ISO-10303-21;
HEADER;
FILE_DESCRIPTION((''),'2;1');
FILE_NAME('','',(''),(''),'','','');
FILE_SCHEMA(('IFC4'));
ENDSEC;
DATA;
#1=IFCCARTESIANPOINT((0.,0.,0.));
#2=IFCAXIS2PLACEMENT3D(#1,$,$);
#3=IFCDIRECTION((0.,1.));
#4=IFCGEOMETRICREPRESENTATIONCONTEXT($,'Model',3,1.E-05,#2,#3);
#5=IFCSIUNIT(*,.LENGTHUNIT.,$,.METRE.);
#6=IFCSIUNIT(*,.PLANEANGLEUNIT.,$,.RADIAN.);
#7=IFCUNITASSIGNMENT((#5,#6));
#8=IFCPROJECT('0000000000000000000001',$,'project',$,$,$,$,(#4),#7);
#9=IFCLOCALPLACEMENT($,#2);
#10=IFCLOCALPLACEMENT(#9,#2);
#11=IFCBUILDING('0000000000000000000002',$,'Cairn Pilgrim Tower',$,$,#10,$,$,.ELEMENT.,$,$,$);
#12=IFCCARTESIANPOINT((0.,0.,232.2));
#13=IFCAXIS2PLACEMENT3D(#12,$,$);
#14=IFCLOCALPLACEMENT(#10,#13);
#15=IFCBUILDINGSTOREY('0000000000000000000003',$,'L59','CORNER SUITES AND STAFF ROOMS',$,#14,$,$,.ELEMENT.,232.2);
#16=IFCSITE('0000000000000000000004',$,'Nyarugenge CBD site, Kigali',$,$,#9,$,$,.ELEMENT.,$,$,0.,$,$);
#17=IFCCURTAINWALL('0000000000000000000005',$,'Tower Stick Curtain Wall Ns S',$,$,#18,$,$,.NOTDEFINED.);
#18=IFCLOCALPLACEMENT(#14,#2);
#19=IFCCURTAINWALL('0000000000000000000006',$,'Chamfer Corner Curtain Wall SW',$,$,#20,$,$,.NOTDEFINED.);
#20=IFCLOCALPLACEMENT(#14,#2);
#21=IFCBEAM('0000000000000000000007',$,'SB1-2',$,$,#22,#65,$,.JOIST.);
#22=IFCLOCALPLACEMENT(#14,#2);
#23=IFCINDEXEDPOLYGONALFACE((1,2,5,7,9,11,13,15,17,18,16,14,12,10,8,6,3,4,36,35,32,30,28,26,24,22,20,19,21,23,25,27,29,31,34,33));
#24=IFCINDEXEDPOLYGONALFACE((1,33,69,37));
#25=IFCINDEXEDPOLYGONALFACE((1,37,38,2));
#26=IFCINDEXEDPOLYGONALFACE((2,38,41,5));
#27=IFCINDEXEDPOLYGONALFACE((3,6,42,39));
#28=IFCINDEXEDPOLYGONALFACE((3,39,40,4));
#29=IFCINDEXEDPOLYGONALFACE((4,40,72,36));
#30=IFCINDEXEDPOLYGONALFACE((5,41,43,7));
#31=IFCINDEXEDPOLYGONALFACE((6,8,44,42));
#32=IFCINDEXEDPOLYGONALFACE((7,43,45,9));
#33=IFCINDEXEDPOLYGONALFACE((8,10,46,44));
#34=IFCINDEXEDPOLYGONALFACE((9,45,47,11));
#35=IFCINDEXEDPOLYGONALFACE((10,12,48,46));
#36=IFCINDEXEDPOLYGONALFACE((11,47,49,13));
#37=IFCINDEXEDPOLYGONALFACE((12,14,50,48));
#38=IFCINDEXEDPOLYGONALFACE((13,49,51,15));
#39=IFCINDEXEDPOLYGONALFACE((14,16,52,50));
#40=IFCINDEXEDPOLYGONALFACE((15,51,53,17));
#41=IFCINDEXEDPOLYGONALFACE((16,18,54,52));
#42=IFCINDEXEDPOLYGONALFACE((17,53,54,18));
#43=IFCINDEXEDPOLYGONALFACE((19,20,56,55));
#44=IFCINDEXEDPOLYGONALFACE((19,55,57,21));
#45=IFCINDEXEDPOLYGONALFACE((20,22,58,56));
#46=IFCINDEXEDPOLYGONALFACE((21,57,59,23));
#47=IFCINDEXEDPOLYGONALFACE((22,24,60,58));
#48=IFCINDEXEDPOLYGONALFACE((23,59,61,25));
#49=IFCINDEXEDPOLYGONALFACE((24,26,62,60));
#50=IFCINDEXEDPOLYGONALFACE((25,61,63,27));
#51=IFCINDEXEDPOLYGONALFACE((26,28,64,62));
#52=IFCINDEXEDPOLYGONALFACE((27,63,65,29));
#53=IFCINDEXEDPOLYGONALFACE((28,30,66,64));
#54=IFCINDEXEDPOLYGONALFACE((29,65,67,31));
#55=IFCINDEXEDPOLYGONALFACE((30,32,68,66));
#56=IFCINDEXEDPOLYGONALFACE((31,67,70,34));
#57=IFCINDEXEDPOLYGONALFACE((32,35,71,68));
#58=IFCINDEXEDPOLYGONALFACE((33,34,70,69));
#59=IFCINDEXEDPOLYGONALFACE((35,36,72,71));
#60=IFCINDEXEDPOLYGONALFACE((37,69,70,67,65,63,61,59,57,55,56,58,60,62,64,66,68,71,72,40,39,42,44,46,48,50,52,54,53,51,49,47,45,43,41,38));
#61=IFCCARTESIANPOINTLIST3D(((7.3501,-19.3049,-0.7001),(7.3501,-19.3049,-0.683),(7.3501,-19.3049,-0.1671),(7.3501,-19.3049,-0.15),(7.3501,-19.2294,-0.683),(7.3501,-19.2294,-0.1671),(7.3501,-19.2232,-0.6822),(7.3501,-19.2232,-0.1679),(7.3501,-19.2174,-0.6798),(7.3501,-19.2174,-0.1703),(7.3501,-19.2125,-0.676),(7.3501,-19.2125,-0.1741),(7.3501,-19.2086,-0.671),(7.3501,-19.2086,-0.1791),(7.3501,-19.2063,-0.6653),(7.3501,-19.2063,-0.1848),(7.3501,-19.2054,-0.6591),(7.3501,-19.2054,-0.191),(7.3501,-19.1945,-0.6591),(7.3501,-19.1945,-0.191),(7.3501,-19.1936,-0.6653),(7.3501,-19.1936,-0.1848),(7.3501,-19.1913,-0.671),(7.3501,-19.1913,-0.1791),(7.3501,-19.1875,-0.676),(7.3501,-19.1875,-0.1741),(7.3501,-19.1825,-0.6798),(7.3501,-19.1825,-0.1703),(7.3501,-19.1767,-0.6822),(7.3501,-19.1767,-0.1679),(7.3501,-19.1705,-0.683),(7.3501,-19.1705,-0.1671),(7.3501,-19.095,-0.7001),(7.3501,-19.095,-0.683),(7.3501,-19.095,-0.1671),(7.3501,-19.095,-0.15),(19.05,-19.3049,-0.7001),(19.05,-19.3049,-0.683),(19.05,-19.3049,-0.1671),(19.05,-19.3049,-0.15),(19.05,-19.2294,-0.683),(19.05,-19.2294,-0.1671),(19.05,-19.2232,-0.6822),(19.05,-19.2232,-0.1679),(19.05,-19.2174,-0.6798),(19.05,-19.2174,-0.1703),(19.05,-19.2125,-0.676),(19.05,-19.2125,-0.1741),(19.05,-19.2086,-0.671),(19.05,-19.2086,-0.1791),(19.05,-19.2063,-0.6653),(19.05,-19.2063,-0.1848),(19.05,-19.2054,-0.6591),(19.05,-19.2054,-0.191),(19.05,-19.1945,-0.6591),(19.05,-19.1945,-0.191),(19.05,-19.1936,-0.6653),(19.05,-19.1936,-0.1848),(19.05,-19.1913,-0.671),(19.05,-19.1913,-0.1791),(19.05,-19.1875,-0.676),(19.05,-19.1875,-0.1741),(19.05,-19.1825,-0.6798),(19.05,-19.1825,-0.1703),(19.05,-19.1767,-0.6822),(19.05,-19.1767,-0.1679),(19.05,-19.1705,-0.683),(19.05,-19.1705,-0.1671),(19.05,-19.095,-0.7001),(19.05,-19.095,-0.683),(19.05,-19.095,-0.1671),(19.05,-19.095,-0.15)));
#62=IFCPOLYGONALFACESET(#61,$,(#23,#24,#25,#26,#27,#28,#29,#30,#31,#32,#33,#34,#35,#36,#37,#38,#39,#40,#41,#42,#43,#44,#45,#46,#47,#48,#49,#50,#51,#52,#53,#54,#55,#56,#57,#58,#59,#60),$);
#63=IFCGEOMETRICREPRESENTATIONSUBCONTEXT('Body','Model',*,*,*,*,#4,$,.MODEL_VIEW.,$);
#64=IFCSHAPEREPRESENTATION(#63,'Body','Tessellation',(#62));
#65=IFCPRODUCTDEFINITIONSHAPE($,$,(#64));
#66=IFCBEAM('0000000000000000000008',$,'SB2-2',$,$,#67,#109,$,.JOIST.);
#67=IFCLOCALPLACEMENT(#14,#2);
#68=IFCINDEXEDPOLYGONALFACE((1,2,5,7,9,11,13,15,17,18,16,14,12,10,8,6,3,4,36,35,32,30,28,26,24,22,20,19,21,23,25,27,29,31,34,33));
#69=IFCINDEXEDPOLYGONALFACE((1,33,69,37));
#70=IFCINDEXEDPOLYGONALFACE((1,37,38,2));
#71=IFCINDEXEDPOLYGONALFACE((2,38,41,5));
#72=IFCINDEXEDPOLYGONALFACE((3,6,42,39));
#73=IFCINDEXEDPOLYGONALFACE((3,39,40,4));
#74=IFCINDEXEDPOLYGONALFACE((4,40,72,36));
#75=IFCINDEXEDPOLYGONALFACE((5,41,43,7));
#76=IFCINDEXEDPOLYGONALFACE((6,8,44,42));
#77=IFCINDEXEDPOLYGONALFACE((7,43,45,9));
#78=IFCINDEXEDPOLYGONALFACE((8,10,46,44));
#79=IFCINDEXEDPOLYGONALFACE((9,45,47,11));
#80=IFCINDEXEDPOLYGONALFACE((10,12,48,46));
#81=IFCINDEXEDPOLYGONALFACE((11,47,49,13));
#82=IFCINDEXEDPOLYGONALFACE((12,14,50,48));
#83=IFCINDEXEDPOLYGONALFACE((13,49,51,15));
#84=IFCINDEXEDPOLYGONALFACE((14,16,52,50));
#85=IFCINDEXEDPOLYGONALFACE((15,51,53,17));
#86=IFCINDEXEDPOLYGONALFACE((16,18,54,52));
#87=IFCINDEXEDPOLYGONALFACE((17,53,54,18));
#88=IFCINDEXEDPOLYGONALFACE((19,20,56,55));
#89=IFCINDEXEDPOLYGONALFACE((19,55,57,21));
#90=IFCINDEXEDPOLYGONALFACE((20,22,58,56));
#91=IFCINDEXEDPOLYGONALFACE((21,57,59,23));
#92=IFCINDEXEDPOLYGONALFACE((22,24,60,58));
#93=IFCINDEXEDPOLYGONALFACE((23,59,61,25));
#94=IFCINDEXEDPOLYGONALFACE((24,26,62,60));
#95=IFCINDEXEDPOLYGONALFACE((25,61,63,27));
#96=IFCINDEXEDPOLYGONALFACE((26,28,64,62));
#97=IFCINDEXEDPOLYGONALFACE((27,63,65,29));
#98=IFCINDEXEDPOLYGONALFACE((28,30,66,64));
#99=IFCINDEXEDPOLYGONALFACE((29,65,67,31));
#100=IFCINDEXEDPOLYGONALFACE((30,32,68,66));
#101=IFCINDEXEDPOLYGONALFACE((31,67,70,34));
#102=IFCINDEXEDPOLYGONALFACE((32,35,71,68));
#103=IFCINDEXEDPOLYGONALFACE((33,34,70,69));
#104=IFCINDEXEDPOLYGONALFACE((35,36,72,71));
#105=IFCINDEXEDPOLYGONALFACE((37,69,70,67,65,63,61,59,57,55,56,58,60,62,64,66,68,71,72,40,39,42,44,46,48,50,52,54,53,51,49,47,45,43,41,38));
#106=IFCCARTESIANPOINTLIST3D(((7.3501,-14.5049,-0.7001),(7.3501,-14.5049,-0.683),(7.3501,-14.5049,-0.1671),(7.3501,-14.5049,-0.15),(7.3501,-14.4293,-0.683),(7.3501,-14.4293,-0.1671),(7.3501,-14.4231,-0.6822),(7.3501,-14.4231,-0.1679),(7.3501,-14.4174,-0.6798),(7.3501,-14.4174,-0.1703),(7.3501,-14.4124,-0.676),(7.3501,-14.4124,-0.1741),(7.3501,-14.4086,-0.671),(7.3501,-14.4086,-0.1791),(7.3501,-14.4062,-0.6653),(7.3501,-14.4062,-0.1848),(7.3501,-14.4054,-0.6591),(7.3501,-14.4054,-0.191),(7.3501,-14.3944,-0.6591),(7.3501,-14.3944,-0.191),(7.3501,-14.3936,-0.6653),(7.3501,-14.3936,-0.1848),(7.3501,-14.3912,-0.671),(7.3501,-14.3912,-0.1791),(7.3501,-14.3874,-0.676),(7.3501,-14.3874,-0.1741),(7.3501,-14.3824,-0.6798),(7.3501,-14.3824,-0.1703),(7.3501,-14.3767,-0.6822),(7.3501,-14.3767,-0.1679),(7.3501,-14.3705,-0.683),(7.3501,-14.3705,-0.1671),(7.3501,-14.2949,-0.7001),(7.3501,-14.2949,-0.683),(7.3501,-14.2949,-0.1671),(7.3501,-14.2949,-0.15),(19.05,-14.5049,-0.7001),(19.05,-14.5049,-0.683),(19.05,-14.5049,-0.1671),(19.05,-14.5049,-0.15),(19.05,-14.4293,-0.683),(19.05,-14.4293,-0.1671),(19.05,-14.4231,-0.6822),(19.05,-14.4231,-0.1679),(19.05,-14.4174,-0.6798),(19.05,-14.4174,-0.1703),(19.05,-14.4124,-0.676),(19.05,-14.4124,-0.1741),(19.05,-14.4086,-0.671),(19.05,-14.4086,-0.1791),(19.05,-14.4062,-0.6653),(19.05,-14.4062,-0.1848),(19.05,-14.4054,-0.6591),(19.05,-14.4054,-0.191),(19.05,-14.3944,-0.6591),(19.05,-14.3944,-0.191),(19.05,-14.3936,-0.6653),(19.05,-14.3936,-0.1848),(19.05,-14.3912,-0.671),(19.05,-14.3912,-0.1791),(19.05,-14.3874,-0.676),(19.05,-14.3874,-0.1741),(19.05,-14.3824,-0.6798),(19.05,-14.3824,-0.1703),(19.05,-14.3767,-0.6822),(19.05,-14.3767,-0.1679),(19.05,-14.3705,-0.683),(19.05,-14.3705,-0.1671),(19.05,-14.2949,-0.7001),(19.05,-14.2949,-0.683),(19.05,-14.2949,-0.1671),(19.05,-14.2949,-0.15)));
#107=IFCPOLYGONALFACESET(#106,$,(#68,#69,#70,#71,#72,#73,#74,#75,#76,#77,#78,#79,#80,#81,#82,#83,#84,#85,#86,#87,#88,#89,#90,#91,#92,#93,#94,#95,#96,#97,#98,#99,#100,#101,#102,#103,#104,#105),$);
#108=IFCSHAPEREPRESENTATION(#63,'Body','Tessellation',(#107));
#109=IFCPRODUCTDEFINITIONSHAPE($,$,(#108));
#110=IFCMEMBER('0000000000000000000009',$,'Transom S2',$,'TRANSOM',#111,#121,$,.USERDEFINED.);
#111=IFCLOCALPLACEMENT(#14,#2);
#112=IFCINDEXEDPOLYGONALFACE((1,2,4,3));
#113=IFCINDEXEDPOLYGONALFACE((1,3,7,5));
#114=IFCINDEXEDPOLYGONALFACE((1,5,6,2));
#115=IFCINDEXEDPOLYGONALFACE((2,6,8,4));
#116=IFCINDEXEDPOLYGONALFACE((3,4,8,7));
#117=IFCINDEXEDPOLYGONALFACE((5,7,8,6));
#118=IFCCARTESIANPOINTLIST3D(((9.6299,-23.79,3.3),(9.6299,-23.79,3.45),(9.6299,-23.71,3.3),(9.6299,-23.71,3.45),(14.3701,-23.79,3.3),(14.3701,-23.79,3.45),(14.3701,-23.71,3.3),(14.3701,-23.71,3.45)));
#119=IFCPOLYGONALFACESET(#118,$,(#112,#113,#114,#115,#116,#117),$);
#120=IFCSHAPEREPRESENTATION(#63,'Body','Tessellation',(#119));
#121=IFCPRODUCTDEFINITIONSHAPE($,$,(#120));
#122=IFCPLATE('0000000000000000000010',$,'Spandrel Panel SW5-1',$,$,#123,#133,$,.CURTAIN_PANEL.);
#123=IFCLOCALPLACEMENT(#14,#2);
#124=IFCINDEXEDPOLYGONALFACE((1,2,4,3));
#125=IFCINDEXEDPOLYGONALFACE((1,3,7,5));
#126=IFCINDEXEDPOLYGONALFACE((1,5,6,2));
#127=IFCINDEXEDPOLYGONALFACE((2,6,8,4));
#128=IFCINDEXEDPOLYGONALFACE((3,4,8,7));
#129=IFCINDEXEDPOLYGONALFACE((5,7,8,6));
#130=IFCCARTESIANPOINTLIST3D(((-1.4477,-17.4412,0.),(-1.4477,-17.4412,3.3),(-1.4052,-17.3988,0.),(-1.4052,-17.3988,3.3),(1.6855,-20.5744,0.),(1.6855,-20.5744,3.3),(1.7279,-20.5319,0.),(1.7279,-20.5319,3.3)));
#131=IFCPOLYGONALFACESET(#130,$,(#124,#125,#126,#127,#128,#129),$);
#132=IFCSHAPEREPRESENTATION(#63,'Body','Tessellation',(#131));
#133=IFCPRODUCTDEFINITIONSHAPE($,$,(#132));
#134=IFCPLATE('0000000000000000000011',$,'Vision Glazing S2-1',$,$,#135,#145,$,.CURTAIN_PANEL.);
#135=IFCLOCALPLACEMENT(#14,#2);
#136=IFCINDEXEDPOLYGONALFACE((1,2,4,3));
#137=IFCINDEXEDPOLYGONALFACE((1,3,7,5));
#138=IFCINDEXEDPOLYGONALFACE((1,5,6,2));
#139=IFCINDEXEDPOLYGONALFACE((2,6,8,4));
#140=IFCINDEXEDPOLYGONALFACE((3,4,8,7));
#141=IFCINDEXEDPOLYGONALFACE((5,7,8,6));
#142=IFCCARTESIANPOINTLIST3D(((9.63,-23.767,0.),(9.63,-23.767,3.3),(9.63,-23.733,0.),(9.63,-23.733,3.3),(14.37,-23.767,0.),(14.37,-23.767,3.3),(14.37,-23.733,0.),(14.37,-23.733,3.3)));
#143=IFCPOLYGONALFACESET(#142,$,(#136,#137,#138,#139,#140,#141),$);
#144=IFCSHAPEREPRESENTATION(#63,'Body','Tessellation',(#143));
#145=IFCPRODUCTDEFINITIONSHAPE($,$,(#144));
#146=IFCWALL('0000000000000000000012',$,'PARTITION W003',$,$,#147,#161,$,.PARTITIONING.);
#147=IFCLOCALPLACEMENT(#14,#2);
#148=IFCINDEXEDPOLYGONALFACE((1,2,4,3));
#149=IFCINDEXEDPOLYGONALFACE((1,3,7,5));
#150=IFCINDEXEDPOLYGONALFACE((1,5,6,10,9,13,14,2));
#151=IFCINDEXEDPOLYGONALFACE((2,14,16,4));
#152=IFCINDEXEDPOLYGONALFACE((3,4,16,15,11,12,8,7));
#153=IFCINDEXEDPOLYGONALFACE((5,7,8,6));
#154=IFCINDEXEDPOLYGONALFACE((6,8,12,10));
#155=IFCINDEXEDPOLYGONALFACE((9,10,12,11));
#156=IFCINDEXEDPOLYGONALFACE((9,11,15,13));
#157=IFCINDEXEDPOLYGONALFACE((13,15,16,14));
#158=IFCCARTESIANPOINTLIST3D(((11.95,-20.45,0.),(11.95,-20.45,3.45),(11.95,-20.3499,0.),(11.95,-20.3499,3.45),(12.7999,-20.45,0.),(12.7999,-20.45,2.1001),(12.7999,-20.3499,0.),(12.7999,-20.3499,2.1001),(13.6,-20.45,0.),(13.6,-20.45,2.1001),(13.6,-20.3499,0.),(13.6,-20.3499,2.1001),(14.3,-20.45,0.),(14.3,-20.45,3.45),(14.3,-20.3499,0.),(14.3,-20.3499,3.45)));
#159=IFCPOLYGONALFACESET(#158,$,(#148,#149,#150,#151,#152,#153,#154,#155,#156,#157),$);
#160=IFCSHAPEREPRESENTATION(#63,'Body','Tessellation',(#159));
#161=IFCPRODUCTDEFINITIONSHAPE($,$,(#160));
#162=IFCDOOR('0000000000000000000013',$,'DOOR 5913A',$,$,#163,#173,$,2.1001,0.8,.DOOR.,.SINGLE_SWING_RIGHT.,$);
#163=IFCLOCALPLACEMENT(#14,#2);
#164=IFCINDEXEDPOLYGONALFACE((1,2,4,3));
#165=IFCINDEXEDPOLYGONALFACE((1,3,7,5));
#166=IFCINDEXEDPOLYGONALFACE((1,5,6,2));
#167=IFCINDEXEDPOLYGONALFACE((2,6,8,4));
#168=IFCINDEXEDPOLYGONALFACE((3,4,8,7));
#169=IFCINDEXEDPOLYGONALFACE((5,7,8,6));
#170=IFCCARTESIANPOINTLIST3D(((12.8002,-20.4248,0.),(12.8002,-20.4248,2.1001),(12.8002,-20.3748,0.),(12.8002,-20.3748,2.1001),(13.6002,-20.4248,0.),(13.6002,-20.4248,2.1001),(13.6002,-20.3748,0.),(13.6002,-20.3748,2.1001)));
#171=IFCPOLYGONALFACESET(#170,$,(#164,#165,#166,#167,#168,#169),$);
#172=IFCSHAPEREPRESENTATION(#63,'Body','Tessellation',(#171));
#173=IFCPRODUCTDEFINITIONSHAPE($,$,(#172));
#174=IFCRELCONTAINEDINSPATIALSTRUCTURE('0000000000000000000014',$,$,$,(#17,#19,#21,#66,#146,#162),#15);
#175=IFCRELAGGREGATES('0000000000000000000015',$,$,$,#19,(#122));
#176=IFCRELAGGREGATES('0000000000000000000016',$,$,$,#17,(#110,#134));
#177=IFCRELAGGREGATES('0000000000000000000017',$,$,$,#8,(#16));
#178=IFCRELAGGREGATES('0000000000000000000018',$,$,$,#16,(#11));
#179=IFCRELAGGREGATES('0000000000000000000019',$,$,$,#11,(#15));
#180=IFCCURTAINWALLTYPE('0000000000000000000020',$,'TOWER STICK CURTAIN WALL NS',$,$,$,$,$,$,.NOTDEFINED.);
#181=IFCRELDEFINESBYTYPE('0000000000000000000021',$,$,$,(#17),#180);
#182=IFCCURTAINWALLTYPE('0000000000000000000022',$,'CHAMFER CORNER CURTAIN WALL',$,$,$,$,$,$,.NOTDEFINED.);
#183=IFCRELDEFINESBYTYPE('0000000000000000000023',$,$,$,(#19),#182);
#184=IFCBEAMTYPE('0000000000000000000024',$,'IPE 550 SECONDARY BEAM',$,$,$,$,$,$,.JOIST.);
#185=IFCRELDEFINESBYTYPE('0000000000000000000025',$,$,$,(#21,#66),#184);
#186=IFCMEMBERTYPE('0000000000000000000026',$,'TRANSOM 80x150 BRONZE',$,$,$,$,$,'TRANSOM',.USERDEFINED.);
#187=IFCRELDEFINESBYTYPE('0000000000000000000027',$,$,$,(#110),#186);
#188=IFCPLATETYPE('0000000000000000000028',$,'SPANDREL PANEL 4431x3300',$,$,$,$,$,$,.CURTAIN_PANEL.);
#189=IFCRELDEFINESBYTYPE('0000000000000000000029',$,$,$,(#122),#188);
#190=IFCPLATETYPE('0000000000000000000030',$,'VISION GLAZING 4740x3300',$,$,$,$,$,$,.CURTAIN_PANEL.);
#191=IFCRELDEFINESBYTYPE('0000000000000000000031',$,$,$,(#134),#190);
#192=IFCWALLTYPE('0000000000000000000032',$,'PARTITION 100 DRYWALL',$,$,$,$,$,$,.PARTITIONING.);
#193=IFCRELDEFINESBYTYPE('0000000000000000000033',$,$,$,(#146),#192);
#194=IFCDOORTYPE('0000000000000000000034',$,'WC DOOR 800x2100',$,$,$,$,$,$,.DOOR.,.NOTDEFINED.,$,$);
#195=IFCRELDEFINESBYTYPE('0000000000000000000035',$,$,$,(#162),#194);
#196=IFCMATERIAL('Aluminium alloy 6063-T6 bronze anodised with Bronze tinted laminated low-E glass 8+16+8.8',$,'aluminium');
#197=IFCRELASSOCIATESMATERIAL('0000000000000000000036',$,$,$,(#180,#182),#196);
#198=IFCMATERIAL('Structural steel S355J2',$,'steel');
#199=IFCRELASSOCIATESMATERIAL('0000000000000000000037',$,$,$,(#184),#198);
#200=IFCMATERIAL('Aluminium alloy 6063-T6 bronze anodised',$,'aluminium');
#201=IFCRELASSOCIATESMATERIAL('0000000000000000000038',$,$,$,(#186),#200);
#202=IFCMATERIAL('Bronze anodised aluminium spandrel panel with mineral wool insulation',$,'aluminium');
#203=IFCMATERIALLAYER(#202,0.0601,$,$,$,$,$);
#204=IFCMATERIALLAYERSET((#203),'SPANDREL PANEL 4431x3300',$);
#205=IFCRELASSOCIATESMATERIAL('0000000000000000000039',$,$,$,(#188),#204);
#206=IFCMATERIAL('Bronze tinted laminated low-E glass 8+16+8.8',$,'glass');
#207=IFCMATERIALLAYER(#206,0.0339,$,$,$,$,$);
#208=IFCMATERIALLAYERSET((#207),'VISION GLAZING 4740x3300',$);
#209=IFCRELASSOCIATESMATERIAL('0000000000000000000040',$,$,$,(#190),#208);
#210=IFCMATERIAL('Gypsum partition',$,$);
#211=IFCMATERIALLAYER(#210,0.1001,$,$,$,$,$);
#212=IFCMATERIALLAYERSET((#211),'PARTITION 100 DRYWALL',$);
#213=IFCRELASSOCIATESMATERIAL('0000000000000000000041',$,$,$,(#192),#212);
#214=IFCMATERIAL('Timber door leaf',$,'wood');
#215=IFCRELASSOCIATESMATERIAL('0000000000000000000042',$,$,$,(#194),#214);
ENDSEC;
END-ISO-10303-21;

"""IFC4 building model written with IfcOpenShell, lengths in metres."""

from ifc_helpers import new_model, si_unit, direction, frame, frame_2d, origin, origin_2d, place, context, subcontext, project, spatial, rectangle, i_section, extrude, material, layer, layer_set, material_profile, profile_set, type_object, element, fill, aggregate, save


model = new_model("IFC4")

# Units and contexts
model_context = context("Model", 3, precision=1e-05, world=origin(), true_north=direction((0.0, 1.0)))
body_context = subcontext(model_context, "Body", "Model", "MODEL_VIEW")
ifc_project = project(units=[si_unit("LENGTHUNIT", "METRE"), si_unit("PLANEANGLEUNIT", "RADIAN")], contexts=[model_context])

# Site, building, storey
site_placement = place(None, origin())
site = spatial("IfcSite", under=ifc_project, at=site_placement, Name="Nyarugenge CBD site, Kigali", CompositionType="ELEMENT", RefElevation=0.0)
building_placement = place(site_placement, origin())
building = spatial("IfcBuilding", under=site, at=building_placement, Name="Cairn Pilgrim Tower", CompositionType="ELEMENT")
storey_placement = place(building_placement, frame((0.0, 0.0, 232.2)))
storey = spatial("IfcBuildingStorey", under=building, at=storey_placement, Name="L59", Description="CORNER SUITES AND STAFF ROOMS", CompositionType="ELEMENT", Elevation=232.2)

# Shared definitions
ifc_material_1 = material(Name="Structural steel S355J2", Category="steel")

# Curtain wall
ifc_material_2 = material(Name="Aluminium alloy 6063-T6 bronze anodised with Bronze tinted laminated low-E glass 8+16+8.8", Category="aluminium")
curtain_wall_type_1 = type_object("IfcCurtainWallType", Name="TOWER STICK CURTAIN WALL NS", PredefinedType="NOTDEFINED", material=ifc_material_2)
curtain_wall_1_placement = place(storey_placement, origin())
curtain_wall_1 = element("IfcCurtainWall", 1, at=curtain_wall_1_placement, inside=storey, type_object=curtain_wall_type_1, Name="Tower Stick Curtain Wall Ns S", PredefinedType="NOTDEFINED")
ifc_material_3 = material(Name="Aluminium alloy 6063-T6 bronze anodised", Category="aluminium")

# Curtain wall
curtain_wall_type_2 = type_object("IfcCurtainWallType", Name="CHAMFER CORNER CURTAIN WALL", PredefinedType="NOTDEFINED", material=ifc_material_2)
curtain_wall_2_placement = place(storey_placement, origin())
curtain_wall_2 = element("IfcCurtainWall", 2, at=curtain_wall_2_placement, inside=storey, type_object=curtain_wall_type_2, Name="Chamfer Corner Curtain Wall SW", PredefinedType="NOTDEFINED")

# Beams
ifc_material_profile_1 = material_profile(ifc_material_1, i_section(OverallWidth=0.21, OverallDepth=0.55, WebThickness=0.011, FlangeThickness=0.0171, FilletRadius=0.0239, at=origin_2d()), Name="IPE 550")
ifc_profile_set_1 = profile_set([ifc_material_profile_1], Name="Structural steel S355J2")
beam_type_1 = type_object("IfcBeamType", Name="IPE 550 SECONDARY BEAM", PredefinedType="JOIST", material=ifc_profile_set_1)
for number, where, z_axis, x_axis, name in (
    (3, (7.3501, -19.2, -0.425), (1.0, 0.0, 0.0), (0.0, 1.0, 0.0), "SB1-2"),
    (4, (7.3501, -14.3999, -0.425), (1.0, 0.0, 0.0), (0.0, 1.0, 0.0), "SB2-2"),
):
    element("IfcBeam", number, at=place(storey_placement, frame(where, z_axis=z_axis, x_axis=x_axis)), inside=storey, type_object=beam_type_1, Name=name, PredefinedType="JOIST", context=body_context, shape_type="SweptSolid", body=[
        extrude(i_section(OverallWidth=0.21, OverallDepth=0.55, WebThickness=0.011, FlangeThickness=0.0171, FilletRadius=0.0239, at=origin_2d()), origin(), (0.0, 0.0, 1.0), 11.7),
    ])

# Member
ifc_material_profile_2 = material_profile(ifc_material_3, rectangle(XDim=0.0801, YDim=0.1499, at=origin_2d()), Name="TRANSOM 80x150 BRONZE")
ifc_profile_set_2 = profile_set([ifc_material_profile_2], Name="Aluminium alloy 6063-T6 bronze anodised")
member_type_1 = type_object("IfcMemberType", Name="TRANSOM 80x150 BRONZE", ElementType="TRANSOM", PredefinedType="USERDEFINED", material=ifc_profile_set_2)
member_1_placement = place(storey_placement, frame((9.6299, -23.75, 3.375), z_axis=(1.0, 0.0, 0.0), x_axis=(0.0, 1.0, 0.0)))
member_1 = element("IfcMember", 5, at=member_1_placement, type_object=member_type_1, Name="Transom S2", ObjectType="TRANSOM", PredefinedType="USERDEFINED", context=body_context, shape_type="SweptSolid", body=[
    extrude(rectangle(XDim=0.0801, YDim=0.1499, at=origin_2d()), origin(), (0.0, 0.0, 1.0), 4.7402),
])

# Plates
ifc_material_4 = material(Name="Bronze anodised aluminium spandrel panel with mineral wool insulation", Category="aluminium")
ifc_layer_1 = layer(ifc_material_4, 0.0601)
ifc_layer_set_1 = layer_set([ifc_layer_1], Name="SPANDREL PANEL 4431x3300")
plate_type_1 = type_object("IfcPlateType", Name="SPANDREL PANEL 4431x3300", PredefinedType="CURTAIN_PANEL", material=ifc_layer_set_1)
plate_1_placement = place(storey_placement, frame((0.1401, -18.9866, 0.0), z_axis=(0.0, 0.0, 1.0), x_axis=(0.707107, -0.707107, 0.0)))
plate_1 = element("IfcPlate", 6, at=plate_1_placement, type_object=plate_type_1, Name="Spandrel Panel SW5-1", PredefinedType="CURTAIN_PANEL", context=body_context, shape_type="SweptSolid", body=[
    extrude(rectangle(XDim=4.4309, YDim=0.0601, at=origin_2d()), origin(), (0.0, 0.0, 1.0), 3.3),
])
aggregate(curtain_wall_2, [plate_1])
ifc_material_5 = material(Name="Bronze tinted laminated low-E glass 8+16+8.8", Category="glass")
ifc_layer_2 = layer(ifc_material_5, 0.0339)
ifc_layer_set_2 = layer_set([ifc_layer_2], Name="VISION GLAZING 4740x3300")
plate_type_2 = type_object("IfcPlateType", Name="VISION GLAZING 4740x3300", PredefinedType="CURTAIN_PANEL", material=ifc_layer_set_2)
plate_2_placement = place(storey_placement, frame((12.0, -23.75, 0.0), z_axis=(0.0, 0.0, 1.0), x_axis=(1.0, 0.0, 0.0)))
plate_2 = element("IfcPlate", 7, at=plate_2_placement, type_object=plate_type_2, Name="Vision Glazing S2-1", PredefinedType="CURTAIN_PANEL", context=body_context, shape_type="SweptSolid", body=[
    extrude(rectangle(XDim=4.74, YDim=0.0339, at=origin_2d()), origin(), (0.0, 0.0, 1.0), 3.3),
])
aggregate(curtain_wall_1, [member_1, plate_2])

# Wall, opening, door
ifc_material_6 = material(Name="Gypsum partition")
ifc_layer_3 = layer(ifc_material_6, 0.1001)
ifc_layer_set_3 = layer_set([ifc_layer_3], Name="PARTITION 100 DRYWALL")
wall_type_1 = type_object("IfcWallType", Name="PARTITION 100 DRYWALL", PredefinedType="PARTITIONING", material=ifc_layer_set_3)
wall_1_placement = place(storey_placement, frame((11.95, -20.3999, 0.0), z_axis=(0.0, 0.0, 1.0), x_axis=(1.0, 0.0, 0.0)))
wall_1 = element("IfcWall", 8, at=wall_1_placement, inside=storey, type_object=wall_type_1, Name="PARTITION W003", PredefinedType="PARTITIONING", context=body_context, shape_type="SweptSolid", body=[
    extrude(rectangle(XDim=2.3501, YDim=0.1001, at=frame_2d((1.175, 0.0))), origin(), (0.0, 0.0, 1.0), 3.45),
])
opening_1_placement = place(wall_1_placement, frame((0.8501, 0.0, 0.0)))
opening_1 = element("IfcOpeningElement", 9, at=opening_1_placement, cuts=wall_1, PredefinedType="OPENING", context=body_context, shape_type="SweptSolid", body=[
    extrude(rectangle(XDim=0.8, YDim=2.1001, at=frame_2d((0.3999, 1.05))), frame((0.0, 0.0601, 0.0), z_axis=(0.0, -1.0, 0.0), x_axis=(1.0, 0.0, 0.0)), (0.0, 0.0, 1.0), 0.1201),
])
ifc_material_7 = material(Name="Timber door leaf", Category="wood")
door_type_1 = type_object("IfcDoorType", Name="WC DOOR 800x2100", OperationType="NOTDEFINED", PredefinedType="DOOR", material=ifc_material_7)
door_1_placement = place(opening_1_placement, frame((0.8, 0.0, 0.0), z_axis=(0.0, 0.0, 1.0), x_axis=(-1.0, 0.0, 0.0)))
door_1 = element("IfcDoor", 10, at=door_1_placement, inside=storey, type_object=door_type_1, Name="DOOR 5913A", OperationType="SINGLE_SWING_RIGHT", OverallHeight=2.1001, OverallWidth=0.8, PredefinedType="DOOR", context=body_context, shape_type="SweptSolid", body=[
    extrude(rectangle(XDim=0.8, YDim=2.1001, at=frame_2d((0.3999, 1.05))), frame((0.0, 0.0249, 0.0), z_axis=(0.0, -1.0, 0.0), x_axis=(1.0, 0.0, 0.0)), (0.0, 0.0, 1.0), 0.05),
])
fill(opening_1, door_1)

save(model, "model.ifc")
